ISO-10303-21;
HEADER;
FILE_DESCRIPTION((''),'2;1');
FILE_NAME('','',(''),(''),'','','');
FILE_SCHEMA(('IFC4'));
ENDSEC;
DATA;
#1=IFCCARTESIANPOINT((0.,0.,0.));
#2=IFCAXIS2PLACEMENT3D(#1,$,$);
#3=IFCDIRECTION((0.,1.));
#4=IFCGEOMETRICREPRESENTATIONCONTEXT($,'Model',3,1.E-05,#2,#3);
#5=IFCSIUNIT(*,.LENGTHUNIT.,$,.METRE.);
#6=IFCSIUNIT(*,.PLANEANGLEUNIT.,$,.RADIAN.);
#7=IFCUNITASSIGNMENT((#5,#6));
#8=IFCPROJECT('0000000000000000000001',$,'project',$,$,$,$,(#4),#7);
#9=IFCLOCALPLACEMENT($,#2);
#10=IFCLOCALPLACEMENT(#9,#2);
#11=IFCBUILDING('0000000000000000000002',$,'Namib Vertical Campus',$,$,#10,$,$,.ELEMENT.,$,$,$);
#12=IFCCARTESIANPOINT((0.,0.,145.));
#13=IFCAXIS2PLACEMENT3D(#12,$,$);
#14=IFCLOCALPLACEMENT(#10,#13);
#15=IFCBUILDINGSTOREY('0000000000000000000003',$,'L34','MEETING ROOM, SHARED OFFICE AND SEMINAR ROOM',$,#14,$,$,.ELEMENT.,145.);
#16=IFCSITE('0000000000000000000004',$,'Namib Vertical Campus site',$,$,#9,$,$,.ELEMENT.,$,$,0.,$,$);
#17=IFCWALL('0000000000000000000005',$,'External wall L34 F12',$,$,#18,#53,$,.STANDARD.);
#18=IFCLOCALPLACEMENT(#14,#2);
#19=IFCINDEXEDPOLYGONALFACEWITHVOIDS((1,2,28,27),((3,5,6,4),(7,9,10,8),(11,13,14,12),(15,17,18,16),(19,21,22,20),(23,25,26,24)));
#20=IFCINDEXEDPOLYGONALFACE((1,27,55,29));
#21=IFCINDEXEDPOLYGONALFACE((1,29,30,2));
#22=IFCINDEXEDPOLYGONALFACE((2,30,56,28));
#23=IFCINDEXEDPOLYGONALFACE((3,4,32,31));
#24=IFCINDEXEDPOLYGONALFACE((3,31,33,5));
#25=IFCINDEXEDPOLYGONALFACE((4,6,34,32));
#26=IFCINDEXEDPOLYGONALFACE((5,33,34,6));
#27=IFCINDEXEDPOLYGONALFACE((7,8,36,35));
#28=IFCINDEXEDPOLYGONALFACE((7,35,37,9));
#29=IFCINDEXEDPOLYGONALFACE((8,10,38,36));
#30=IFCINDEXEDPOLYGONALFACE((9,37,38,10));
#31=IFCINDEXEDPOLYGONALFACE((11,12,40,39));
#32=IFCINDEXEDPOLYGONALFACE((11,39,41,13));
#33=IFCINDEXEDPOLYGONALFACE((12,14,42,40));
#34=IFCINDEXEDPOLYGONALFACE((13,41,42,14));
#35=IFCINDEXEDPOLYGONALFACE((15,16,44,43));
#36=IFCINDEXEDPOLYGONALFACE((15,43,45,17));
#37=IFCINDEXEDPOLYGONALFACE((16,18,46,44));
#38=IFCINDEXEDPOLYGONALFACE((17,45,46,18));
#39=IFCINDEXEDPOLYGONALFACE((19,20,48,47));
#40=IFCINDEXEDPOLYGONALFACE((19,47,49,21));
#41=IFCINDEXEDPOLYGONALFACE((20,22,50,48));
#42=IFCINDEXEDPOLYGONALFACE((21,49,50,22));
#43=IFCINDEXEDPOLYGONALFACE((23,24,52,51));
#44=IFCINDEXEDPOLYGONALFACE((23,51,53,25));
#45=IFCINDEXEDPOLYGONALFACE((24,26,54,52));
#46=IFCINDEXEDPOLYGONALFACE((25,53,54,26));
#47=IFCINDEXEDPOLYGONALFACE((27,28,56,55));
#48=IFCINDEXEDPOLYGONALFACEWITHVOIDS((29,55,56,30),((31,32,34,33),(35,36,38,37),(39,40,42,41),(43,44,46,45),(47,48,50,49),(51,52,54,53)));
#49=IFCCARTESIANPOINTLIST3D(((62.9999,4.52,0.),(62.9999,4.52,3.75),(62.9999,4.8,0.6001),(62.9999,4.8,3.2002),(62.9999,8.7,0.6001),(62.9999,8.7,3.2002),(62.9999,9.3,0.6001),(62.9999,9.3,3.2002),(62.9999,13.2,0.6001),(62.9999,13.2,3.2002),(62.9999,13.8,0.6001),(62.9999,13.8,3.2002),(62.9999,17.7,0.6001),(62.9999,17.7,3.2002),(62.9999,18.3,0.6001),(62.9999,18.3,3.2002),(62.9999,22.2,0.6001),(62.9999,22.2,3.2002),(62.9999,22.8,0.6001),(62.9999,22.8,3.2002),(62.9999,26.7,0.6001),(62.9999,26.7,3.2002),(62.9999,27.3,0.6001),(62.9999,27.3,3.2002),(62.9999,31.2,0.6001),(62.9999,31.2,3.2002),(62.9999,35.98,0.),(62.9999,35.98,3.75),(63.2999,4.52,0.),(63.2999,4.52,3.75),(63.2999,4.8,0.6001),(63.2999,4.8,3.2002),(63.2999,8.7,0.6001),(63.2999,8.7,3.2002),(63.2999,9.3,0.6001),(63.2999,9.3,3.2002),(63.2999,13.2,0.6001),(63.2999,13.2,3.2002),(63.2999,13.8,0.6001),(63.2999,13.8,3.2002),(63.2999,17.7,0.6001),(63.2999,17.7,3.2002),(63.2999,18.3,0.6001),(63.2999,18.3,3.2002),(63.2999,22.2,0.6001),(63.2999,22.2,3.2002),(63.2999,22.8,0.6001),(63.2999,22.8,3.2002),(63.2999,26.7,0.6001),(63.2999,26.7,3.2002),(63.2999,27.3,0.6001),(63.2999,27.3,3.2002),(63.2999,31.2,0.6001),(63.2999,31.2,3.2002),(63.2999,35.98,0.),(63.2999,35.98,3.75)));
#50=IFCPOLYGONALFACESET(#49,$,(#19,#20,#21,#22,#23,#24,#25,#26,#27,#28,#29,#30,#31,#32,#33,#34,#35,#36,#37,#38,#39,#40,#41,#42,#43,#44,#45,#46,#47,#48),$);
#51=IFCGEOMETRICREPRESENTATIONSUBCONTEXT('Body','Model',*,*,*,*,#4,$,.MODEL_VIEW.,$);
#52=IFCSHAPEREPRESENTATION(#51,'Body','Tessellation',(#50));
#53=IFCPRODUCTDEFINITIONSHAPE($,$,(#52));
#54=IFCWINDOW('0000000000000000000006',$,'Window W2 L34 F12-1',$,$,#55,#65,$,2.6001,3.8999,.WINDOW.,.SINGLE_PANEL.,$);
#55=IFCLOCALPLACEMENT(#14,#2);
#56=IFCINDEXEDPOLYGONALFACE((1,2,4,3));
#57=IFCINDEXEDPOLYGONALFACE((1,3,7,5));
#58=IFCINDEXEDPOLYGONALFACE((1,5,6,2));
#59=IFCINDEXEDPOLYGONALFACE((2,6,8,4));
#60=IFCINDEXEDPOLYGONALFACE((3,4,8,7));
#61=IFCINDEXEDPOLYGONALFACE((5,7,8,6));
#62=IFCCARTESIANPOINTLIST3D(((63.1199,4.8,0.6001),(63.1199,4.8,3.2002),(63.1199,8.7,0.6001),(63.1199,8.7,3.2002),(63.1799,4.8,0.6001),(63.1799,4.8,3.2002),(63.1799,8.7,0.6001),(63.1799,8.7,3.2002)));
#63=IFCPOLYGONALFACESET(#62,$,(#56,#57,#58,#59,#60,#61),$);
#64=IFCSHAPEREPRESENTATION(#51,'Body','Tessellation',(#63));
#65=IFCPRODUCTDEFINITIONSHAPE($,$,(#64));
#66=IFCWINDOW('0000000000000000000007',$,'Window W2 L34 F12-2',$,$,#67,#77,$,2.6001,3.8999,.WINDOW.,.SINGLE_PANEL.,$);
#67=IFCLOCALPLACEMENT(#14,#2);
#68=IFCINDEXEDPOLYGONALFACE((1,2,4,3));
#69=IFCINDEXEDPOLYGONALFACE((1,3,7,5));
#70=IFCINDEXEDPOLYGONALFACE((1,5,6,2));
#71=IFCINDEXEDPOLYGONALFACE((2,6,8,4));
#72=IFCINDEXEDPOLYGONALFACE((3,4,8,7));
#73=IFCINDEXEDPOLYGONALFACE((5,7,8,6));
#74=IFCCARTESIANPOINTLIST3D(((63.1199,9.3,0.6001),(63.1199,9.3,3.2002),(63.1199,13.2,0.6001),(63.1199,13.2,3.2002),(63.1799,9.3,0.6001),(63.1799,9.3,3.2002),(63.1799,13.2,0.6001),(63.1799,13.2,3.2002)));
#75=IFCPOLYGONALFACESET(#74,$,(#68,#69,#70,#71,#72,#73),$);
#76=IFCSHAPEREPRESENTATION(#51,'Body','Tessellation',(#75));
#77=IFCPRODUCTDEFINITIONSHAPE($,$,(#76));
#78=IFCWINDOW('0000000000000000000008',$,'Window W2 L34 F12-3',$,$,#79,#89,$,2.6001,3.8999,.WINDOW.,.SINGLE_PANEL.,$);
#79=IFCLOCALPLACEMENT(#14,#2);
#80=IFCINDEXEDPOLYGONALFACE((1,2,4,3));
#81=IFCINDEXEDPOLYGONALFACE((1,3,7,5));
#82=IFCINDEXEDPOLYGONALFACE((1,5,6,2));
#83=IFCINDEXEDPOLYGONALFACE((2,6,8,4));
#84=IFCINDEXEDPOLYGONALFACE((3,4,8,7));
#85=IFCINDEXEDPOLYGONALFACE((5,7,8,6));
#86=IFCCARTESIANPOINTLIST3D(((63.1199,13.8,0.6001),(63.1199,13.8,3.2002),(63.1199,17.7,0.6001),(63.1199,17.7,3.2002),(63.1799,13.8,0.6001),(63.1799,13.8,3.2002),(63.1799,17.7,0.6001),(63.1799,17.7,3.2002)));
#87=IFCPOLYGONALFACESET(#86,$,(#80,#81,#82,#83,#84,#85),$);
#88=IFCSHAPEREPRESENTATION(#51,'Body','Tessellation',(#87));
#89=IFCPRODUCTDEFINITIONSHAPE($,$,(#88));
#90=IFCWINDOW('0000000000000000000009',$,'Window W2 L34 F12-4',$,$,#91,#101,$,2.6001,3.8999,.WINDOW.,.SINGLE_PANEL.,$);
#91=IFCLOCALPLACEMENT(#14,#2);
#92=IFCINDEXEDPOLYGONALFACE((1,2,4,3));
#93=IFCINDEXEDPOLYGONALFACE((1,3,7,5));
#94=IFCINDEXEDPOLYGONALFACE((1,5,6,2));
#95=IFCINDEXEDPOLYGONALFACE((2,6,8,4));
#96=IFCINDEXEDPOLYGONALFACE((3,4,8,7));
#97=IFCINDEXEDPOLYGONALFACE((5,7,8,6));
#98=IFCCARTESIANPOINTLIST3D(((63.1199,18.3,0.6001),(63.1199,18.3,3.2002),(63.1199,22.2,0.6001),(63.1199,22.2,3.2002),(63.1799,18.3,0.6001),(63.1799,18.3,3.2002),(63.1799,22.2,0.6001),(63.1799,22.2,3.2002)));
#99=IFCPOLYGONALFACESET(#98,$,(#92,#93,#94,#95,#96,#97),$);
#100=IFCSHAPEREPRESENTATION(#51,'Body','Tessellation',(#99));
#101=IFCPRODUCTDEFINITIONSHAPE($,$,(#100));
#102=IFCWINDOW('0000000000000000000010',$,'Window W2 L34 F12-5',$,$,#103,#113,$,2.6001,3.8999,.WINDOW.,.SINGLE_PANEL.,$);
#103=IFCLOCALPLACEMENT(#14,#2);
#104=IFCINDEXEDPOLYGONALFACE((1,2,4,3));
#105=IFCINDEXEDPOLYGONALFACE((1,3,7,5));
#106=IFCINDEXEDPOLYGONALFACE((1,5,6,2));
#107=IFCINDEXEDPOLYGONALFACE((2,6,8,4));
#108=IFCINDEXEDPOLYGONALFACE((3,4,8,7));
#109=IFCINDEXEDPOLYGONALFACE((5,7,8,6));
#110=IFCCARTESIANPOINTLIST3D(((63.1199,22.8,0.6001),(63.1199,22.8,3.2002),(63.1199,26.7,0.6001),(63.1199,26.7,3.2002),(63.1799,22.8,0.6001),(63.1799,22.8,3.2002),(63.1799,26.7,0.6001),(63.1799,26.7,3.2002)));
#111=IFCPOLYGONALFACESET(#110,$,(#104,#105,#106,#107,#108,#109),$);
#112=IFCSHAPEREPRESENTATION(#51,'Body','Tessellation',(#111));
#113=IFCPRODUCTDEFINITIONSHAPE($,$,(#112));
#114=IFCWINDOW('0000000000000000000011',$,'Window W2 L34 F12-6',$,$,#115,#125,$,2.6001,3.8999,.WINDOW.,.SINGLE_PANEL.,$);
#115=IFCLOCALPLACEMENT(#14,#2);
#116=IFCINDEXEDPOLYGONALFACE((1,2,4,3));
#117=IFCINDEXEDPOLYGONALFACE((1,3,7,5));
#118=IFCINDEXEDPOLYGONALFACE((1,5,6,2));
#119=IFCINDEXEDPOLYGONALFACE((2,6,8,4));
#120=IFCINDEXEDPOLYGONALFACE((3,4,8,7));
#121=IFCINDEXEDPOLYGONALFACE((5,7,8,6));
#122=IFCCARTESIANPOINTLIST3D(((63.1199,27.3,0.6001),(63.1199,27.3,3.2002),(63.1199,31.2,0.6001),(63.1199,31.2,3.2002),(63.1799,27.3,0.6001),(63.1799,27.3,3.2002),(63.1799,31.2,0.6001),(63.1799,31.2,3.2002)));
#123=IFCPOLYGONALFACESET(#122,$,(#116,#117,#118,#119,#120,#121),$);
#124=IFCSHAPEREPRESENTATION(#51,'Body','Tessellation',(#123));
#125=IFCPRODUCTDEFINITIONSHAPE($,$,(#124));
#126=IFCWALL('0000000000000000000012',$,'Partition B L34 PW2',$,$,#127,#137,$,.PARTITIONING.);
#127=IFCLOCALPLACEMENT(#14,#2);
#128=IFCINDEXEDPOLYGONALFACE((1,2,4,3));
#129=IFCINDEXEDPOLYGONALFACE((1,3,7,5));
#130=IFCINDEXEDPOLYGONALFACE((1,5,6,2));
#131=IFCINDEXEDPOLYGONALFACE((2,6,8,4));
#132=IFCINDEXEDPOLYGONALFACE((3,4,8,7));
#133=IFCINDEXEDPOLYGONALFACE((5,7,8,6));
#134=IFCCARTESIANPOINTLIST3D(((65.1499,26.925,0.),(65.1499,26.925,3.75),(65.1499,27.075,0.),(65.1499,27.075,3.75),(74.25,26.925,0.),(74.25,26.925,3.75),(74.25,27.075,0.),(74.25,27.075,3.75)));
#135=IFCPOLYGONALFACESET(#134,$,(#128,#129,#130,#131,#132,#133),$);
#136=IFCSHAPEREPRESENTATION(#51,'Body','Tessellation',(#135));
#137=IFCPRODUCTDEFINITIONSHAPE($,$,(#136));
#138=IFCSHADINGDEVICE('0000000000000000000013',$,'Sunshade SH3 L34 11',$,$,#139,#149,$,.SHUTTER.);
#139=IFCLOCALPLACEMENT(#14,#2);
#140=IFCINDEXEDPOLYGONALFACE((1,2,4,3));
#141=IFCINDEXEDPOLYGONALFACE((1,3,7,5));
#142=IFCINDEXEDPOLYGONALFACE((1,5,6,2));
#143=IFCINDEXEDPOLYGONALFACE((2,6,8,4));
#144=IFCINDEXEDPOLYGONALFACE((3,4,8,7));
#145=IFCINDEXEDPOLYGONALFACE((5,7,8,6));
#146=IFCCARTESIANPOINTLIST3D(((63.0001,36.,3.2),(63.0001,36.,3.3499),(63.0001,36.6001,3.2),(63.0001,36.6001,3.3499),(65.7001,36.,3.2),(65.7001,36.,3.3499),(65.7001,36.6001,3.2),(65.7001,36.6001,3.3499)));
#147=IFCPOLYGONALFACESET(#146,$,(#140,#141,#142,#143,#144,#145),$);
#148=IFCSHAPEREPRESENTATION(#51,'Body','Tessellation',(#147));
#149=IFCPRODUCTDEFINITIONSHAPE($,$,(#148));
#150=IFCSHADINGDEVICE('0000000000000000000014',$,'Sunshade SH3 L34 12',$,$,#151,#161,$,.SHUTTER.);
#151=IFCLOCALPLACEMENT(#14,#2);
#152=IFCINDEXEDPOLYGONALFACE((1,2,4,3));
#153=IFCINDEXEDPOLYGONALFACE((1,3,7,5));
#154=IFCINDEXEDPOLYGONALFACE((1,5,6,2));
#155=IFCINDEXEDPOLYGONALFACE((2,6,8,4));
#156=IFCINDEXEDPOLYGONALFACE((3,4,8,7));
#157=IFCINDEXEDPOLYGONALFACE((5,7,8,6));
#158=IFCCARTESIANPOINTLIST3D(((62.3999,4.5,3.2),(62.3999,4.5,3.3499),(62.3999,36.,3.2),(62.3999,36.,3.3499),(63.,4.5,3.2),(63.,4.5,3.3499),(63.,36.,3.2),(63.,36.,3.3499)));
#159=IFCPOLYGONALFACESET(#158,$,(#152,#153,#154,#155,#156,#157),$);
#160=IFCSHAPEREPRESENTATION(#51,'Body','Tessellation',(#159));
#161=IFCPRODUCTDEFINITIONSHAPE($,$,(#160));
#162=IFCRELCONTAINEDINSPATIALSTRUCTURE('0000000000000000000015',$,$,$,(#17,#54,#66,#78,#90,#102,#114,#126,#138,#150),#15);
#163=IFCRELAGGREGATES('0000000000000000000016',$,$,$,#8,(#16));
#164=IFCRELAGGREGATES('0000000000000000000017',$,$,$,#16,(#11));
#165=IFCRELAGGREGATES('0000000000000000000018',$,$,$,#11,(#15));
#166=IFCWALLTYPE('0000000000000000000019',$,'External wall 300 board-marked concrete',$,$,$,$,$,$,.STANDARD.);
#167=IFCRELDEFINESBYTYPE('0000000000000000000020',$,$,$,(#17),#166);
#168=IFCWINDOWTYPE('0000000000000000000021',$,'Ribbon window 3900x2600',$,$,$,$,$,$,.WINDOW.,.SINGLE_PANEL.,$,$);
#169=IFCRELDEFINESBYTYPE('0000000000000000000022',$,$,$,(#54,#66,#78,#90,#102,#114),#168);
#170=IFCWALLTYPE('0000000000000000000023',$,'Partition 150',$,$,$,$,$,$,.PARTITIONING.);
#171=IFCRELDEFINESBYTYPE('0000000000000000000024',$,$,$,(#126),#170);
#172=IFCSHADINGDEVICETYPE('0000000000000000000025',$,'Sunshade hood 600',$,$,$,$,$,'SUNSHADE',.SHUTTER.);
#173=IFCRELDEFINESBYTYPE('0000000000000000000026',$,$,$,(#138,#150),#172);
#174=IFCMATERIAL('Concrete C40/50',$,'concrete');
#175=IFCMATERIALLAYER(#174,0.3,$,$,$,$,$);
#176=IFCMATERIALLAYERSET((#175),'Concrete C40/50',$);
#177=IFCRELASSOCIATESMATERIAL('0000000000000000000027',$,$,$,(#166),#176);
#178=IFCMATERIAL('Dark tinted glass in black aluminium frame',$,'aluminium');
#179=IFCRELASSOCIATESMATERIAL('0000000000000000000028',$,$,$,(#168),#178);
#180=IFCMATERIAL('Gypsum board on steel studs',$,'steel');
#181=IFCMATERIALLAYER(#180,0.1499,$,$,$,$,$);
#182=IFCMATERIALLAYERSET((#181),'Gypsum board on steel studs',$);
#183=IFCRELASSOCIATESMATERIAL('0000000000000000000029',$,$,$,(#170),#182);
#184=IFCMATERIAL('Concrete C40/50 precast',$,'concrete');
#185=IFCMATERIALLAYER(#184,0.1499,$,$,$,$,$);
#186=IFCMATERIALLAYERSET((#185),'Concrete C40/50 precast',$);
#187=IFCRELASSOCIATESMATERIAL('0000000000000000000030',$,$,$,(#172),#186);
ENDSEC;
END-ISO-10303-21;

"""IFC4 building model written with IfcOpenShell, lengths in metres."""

from ifc_helpers import new_model, si_unit, direction, frame, frame_2d, origin, origin_2d, place, context, subcontext, project, spatial, rectangle, extrude, material, layer, layer_set, type_object, element, fill, save


model = new_model("IFC4")

# Units and contexts
model_context = context("Model", 3, precision=1e-05, world=origin(), true_north=direction((0.0, 1.0)))
body_context = subcontext(model_context, "Body", "Model", "MODEL_VIEW")
ifc_project = project(units=[si_unit("LENGTHUNIT", "METRE"), si_unit("PLANEANGLEUNIT", "RADIAN")], contexts=[model_context])

# Site, building, storey
site_placement = place(None, origin())
site = spatial("IfcSite", under=ifc_project, at=site_placement, Name="Namib Vertical Campus site", CompositionType="ELEMENT", RefElevation=0.0)
building_placement = place(site_placement, origin())
building = spatial("IfcBuilding", under=site, at=building_placement, Name="Namib Vertical Campus", CompositionType="ELEMENT")
storey_placement = place(building_placement, frame((0.0, 0.0, 145.0)))
storey = spatial("IfcBuildingStorey", under=building, at=storey_placement, Name="L34", Description="MEETING ROOM, SHARED OFFICE AND SEMINAR ROOM", CompositionType="ELEMENT", Elevation=145.0)

# Shared definitions
ifc_material_1 = material(Name="Concrete C40/50", Category="concrete")
ifc_layer_1 = layer(ifc_material_1, 0.3)
ifc_layer_set_1 = layer_set([ifc_layer_1], Name="Concrete C40/50")
wall_type_1 = type_object("IfcWallType", Name="External wall 300 board-marked concrete", PredefinedType="STANDARD", material=ifc_layer_set_1)

# Wall, openings, windows
wall_1_placement = place(storey_placement, frame((63.1499, 35.98, 0.0), z_axis=(0.0, 0.0, 1.0), x_axis=(0.0, -1.0, 0.0)))
wall_1 = element("IfcWall", 1, at=wall_1_placement, inside=storey, type_object=wall_type_1, Name="External wall L34 F12", PredefinedType="STANDARD", context=body_context, shape_type="SweptSolid", body=[
    extrude(rectangle(XDim=31.46, YDim=0.3, at=frame_2d((15.73, 0.0))), origin(), (0.0, 0.0, 1.0), 3.75),
])
opening_1_placement = place(wall_1_placement, frame((27.28, 0.0, 0.6001)))
opening_1 = element("IfcOpeningElement", 2, at=opening_1_placement, cuts=wall_1, PredefinedType="OPENING", context=body_context, shape_type="SweptSolid", body=[
    extrude(rectangle(XDim=3.8999, YDim=2.6001, at=frame_2d((1.95, 1.3))), frame((0.0, 0.1599, 0.0), z_axis=(0.0, -1.0, 0.0), x_axis=(1.0, 0.0, 0.0)), (0.0, 0.0, 1.0), 0.3201),
])
opening_2_placement = place(wall_1_placement, frame((22.78, 0.0, 0.6001)))
opening_2 = element("IfcOpeningElement", 3, at=opening_2_placement, cuts=wall_1, PredefinedType="OPENING", context=body_context, shape_type="SweptSolid", body=[
    extrude(rectangle(XDim=3.8999, YDim=2.6001, at=frame_2d((1.95, 1.3))), frame((0.0, 0.1599, 0.0), z_axis=(0.0, -1.0, 0.0), x_axis=(1.0, 0.0, 0.0)), (0.0, 0.0, 1.0), 0.3201),
])
opening_3_placement = place(wall_1_placement, frame((18.28, 0.0, 0.6001)))
opening_3 = element("IfcOpeningElement", 4, at=opening_3_placement, cuts=wall_1, PredefinedType="OPENING", context=body_context, shape_type="SweptSolid", body=[
    extrude(rectangle(XDim=3.8999, YDim=2.6001, at=frame_2d((1.95, 1.3))), frame((0.0, 0.1599, 0.0), z_axis=(0.0, -1.0, 0.0), x_axis=(1.0, 0.0, 0.0)), (0.0, 0.0, 1.0), 0.3201),
])
opening_4_placement = place(wall_1_placement, frame((13.78, 0.0, 0.6001)))
opening_4 = element("IfcOpeningElement", 5, at=opening_4_placement, cuts=wall_1, PredefinedType="OPENING", context=body_context, shape_type="SweptSolid", body=[
    extrude(rectangle(XDim=3.8999, YDim=2.6001, at=frame_2d((1.95, 1.3))), frame((0.0, 0.1599, 0.0), z_axis=(0.0, -1.0, 0.0), x_axis=(1.0, 0.0, 0.0)), (0.0, 0.0, 1.0), 0.3201),
])
opening_5_placement = place(wall_1_placement, frame((9.28, 0.0, 0.6001)))
opening_5 = element("IfcOpeningElement", 6, at=opening_5_placement, cuts=wall_1, PredefinedType="OPENING", context=body_context, shape_type="SweptSolid", body=[
    extrude(rectangle(XDim=3.8999, YDim=2.6001, at=frame_2d((1.95, 1.3))), frame((0.0, 0.1599, 0.0), z_axis=(0.0, -1.0, 0.0), x_axis=(1.0, 0.0, 0.0)), (0.0, 0.0, 1.0), 0.3201),
])
opening_6_placement = place(wall_1_placement, frame((4.78, 0.0, 0.6001)))
opening_6 = element("IfcOpeningElement", 7, at=opening_6_placement, cuts=wall_1, PredefinedType="OPENING", context=body_context, shape_type="SweptSolid", body=[
    extrude(rectangle(XDim=3.8999, YDim=2.6001, at=frame_2d((1.95, 1.3))), frame((0.0, 0.1599, 0.0), z_axis=(0.0, -1.0, 0.0), x_axis=(1.0, 0.0, 0.0)), (0.0, 0.0, 1.0), 0.3201),
])
ifc_material_2 = material(Name="Dark tinted glass in black aluminium frame", Category="aluminium")
window_type = type_object("IfcWindowType", Name="Ribbon window 3900x2600", PartitioningType="SINGLE_PANEL", PredefinedType="WINDOW", material=ifc_material_2)
window_1_placement = place(opening_1_placement, origin())
window_1 = element("IfcWindow", 8, at=window_1_placement, inside=storey, type_object=window_type, Name="Window W2 L34 F12-1", OverallHeight=2.6001, OverallWidth=3.8999, PartitioningType="SINGLE_PANEL", PredefinedType="WINDOW", context=body_context, shape_type="SweptSolid", body=[
    extrude(rectangle(XDim=3.8999, YDim=2.6001, at=frame_2d((1.95, 1.3))), frame((0.0, 0.03, 0.0), z_axis=(0.0, -1.0, 0.0), x_axis=(1.0, 0.0, 0.0)), (0.0, 0.0, 1.0), 0.0601),
])
fill(opening_1, window_1)
window_2_placement = place(opening_2_placement, origin())
window_2 = element("IfcWindow", 9, at=window_2_placement, inside=storey, type_object=window_type, Name="Window W2 L34 F12-2", OverallHeight=2.6001, OverallWidth=3.8999, PartitioningType="SINGLE_PANEL", PredefinedType="WINDOW", context=body_context, shape_type="SweptSolid", body=[
    extrude(rectangle(XDim=3.8999, YDim=2.6001, at=frame_2d((1.95, 1.3))), frame((0.0, 0.03, 0.0), z_axis=(0.0, -1.0, 0.0), x_axis=(1.0, 0.0, 0.0)), (0.0, 0.0, 1.0), 0.0601),
])
fill(opening_2, window_2)
window_3_placement = place(opening_3_placement, origin())
window_3 = element("IfcWindow", 10, at=window_3_placement, inside=storey, type_object=window_type, Name="Window W2 L34 F12-3", OverallHeight=2.6001, OverallWidth=3.8999, PartitioningType="SINGLE_PANEL", PredefinedType="WINDOW", context=body_context, shape_type="SweptSolid", body=[
    extrude(rectangle(XDim=3.8999, YDim=2.6001, at=frame_2d((1.95, 1.3))), frame((0.0, 0.03, 0.0), z_axis=(0.0, -1.0, 0.0), x_axis=(1.0, 0.0, 0.0)), (0.0, 0.0, 1.0), 0.0601),
])
fill(opening_3, window_3)
window_4_placement = place(opening_4_placement, origin())
window_4 = element("IfcWindow", 11, at=window_4_placement, inside=storey, type_object=window_type, Name="Window W2 L34 F12-4", OverallHeight=2.6001, OverallWidth=3.8999, PartitioningType="SINGLE_PANEL", PredefinedType="WINDOW", context=body_context, shape_type="SweptSolid", body=[
    extrude(rectangle(XDim=3.8999, YDim=2.6001, at=frame_2d((1.95, 1.3))), frame((0.0, 0.03, 0.0), z_axis=(0.0, -1.0, 0.0), x_axis=(1.0, 0.0, 0.0)), (0.0, 0.0, 1.0), 0.0601),
])
fill(opening_4, window_4)
window_5_placement = place(opening_5_placement, origin())
window_5 = element("IfcWindow", 12, at=window_5_placement, inside=storey, type_object=window_type, Name="Window W2 L34 F12-5", OverallHeight=2.6001, OverallWidth=3.8999, PartitioningType="SINGLE_PANEL", PredefinedType="WINDOW", context=body_context, shape_type="SweptSolid", body=[
    extrude(rectangle(XDim=3.8999, YDim=2.6001, at=frame_2d((1.95, 1.3))), frame((0.0, 0.03, 0.0), z_axis=(0.0, -1.0, 0.0), x_axis=(1.0, 0.0, 0.0)), (0.0, 0.0, 1.0), 0.0601),
])
fill(opening_5, window_5)
window_6_placement = place(opening_6_placement, origin())
window_6 = element("IfcWindow", 13, at=window_6_placement, inside=storey, type_object=window_type, Name="Window W2 L34 F12-6", OverallHeight=2.6001, OverallWidth=3.8999, PartitioningType="SINGLE_PANEL", PredefinedType="WINDOW", context=body_context, shape_type="SweptSolid", body=[
    extrude(rectangle(XDim=3.8999, YDim=2.6001, at=frame_2d((1.95, 1.3))), frame((0.0, 0.03, 0.0), z_axis=(0.0, -1.0, 0.0), x_axis=(1.0, 0.0, 0.0)), (0.0, 0.0, 1.0), 0.0601),
])
fill(opening_6, window_6)

# Wall
ifc_material_3 = material(Name="Gypsum board on steel studs", Category="steel")
ifc_layer_2 = layer(ifc_material_3, 0.1499)
ifc_layer_set_2 = layer_set([ifc_layer_2], Name="Gypsum board on steel studs")
wall_type_2 = type_object("IfcWallType", Name="Partition 150", PredefinedType="PARTITIONING", material=ifc_layer_set_2)
wall_2_placement = place(storey_placement, frame((65.1499, 27.0, 0.0), z_axis=(0.0, 0.0, 1.0), x_axis=(1.0, 0.0, 0.0)))
element("IfcWall", 14, at=wall_2_placement, inside=storey, type_object=wall_type_2, Name="Partition B L34 PW2", PredefinedType="PARTITIONING", context=body_context, shape_type="SweptSolid", body=[
    extrude(rectangle(XDim=9.1001, YDim=0.1499, at=frame_2d((4.55, 0.0))), origin(), (0.0, 0.0, 1.0), 3.75),
])

# Shading devices
ifc_material_4 = material(Name="Concrete C40/50 precast", Category="concrete")
ifc_layer_3 = layer(ifc_material_4, 0.1499)
ifc_layer_set_3 = layer_set([ifc_layer_3], Name="Concrete C40/50 precast")
shading_device_type = type_object("IfcShadingDeviceType", Name="Sunshade hood 600", ElementType="SUNSHADE", PredefinedType="SHUTTER", material=ifc_layer_set_3)
shading_device_1_placement = place(storey_placement, frame((64.3501, 36.3, 3.2), z_axis=(0.0, 0.0, 1.0), x_axis=(-1.0, 0.0, 0.0)))
element("IfcShadingDevice", 15, at=shading_device_1_placement, inside=storey, type_object=shading_device_type, Name="Sunshade SH3 L34 11", PredefinedType="SHUTTER", context=body_context, shape_type="SweptSolid", body=[
    extrude(rectangle(XDim=2.7, YDim=0.6001, at=origin_2d()), origin(), (0.0, 0.0, 1.0), 0.1499),
])
shading_device_2_placement = place(storey_placement, frame((62.7, 20.25, 3.2), z_axis=(0.0, 0.0, 1.0), x_axis=(0.0, -1.0, 0.0)))
element("IfcShadingDevice", 16, at=shading_device_2_placement, inside=storey, type_object=shading_device_type, Name="Sunshade SH3 L34 12", PredefinedType="SHUTTER", context=body_context, shape_type="SweptSolid", body=[
    extrude(rectangle(XDim=31.5, YDim=0.6001, at=origin_2d()), origin(), (0.0, 0.0, 1.0), 0.1499),
])

save(model, "model.ifc")
